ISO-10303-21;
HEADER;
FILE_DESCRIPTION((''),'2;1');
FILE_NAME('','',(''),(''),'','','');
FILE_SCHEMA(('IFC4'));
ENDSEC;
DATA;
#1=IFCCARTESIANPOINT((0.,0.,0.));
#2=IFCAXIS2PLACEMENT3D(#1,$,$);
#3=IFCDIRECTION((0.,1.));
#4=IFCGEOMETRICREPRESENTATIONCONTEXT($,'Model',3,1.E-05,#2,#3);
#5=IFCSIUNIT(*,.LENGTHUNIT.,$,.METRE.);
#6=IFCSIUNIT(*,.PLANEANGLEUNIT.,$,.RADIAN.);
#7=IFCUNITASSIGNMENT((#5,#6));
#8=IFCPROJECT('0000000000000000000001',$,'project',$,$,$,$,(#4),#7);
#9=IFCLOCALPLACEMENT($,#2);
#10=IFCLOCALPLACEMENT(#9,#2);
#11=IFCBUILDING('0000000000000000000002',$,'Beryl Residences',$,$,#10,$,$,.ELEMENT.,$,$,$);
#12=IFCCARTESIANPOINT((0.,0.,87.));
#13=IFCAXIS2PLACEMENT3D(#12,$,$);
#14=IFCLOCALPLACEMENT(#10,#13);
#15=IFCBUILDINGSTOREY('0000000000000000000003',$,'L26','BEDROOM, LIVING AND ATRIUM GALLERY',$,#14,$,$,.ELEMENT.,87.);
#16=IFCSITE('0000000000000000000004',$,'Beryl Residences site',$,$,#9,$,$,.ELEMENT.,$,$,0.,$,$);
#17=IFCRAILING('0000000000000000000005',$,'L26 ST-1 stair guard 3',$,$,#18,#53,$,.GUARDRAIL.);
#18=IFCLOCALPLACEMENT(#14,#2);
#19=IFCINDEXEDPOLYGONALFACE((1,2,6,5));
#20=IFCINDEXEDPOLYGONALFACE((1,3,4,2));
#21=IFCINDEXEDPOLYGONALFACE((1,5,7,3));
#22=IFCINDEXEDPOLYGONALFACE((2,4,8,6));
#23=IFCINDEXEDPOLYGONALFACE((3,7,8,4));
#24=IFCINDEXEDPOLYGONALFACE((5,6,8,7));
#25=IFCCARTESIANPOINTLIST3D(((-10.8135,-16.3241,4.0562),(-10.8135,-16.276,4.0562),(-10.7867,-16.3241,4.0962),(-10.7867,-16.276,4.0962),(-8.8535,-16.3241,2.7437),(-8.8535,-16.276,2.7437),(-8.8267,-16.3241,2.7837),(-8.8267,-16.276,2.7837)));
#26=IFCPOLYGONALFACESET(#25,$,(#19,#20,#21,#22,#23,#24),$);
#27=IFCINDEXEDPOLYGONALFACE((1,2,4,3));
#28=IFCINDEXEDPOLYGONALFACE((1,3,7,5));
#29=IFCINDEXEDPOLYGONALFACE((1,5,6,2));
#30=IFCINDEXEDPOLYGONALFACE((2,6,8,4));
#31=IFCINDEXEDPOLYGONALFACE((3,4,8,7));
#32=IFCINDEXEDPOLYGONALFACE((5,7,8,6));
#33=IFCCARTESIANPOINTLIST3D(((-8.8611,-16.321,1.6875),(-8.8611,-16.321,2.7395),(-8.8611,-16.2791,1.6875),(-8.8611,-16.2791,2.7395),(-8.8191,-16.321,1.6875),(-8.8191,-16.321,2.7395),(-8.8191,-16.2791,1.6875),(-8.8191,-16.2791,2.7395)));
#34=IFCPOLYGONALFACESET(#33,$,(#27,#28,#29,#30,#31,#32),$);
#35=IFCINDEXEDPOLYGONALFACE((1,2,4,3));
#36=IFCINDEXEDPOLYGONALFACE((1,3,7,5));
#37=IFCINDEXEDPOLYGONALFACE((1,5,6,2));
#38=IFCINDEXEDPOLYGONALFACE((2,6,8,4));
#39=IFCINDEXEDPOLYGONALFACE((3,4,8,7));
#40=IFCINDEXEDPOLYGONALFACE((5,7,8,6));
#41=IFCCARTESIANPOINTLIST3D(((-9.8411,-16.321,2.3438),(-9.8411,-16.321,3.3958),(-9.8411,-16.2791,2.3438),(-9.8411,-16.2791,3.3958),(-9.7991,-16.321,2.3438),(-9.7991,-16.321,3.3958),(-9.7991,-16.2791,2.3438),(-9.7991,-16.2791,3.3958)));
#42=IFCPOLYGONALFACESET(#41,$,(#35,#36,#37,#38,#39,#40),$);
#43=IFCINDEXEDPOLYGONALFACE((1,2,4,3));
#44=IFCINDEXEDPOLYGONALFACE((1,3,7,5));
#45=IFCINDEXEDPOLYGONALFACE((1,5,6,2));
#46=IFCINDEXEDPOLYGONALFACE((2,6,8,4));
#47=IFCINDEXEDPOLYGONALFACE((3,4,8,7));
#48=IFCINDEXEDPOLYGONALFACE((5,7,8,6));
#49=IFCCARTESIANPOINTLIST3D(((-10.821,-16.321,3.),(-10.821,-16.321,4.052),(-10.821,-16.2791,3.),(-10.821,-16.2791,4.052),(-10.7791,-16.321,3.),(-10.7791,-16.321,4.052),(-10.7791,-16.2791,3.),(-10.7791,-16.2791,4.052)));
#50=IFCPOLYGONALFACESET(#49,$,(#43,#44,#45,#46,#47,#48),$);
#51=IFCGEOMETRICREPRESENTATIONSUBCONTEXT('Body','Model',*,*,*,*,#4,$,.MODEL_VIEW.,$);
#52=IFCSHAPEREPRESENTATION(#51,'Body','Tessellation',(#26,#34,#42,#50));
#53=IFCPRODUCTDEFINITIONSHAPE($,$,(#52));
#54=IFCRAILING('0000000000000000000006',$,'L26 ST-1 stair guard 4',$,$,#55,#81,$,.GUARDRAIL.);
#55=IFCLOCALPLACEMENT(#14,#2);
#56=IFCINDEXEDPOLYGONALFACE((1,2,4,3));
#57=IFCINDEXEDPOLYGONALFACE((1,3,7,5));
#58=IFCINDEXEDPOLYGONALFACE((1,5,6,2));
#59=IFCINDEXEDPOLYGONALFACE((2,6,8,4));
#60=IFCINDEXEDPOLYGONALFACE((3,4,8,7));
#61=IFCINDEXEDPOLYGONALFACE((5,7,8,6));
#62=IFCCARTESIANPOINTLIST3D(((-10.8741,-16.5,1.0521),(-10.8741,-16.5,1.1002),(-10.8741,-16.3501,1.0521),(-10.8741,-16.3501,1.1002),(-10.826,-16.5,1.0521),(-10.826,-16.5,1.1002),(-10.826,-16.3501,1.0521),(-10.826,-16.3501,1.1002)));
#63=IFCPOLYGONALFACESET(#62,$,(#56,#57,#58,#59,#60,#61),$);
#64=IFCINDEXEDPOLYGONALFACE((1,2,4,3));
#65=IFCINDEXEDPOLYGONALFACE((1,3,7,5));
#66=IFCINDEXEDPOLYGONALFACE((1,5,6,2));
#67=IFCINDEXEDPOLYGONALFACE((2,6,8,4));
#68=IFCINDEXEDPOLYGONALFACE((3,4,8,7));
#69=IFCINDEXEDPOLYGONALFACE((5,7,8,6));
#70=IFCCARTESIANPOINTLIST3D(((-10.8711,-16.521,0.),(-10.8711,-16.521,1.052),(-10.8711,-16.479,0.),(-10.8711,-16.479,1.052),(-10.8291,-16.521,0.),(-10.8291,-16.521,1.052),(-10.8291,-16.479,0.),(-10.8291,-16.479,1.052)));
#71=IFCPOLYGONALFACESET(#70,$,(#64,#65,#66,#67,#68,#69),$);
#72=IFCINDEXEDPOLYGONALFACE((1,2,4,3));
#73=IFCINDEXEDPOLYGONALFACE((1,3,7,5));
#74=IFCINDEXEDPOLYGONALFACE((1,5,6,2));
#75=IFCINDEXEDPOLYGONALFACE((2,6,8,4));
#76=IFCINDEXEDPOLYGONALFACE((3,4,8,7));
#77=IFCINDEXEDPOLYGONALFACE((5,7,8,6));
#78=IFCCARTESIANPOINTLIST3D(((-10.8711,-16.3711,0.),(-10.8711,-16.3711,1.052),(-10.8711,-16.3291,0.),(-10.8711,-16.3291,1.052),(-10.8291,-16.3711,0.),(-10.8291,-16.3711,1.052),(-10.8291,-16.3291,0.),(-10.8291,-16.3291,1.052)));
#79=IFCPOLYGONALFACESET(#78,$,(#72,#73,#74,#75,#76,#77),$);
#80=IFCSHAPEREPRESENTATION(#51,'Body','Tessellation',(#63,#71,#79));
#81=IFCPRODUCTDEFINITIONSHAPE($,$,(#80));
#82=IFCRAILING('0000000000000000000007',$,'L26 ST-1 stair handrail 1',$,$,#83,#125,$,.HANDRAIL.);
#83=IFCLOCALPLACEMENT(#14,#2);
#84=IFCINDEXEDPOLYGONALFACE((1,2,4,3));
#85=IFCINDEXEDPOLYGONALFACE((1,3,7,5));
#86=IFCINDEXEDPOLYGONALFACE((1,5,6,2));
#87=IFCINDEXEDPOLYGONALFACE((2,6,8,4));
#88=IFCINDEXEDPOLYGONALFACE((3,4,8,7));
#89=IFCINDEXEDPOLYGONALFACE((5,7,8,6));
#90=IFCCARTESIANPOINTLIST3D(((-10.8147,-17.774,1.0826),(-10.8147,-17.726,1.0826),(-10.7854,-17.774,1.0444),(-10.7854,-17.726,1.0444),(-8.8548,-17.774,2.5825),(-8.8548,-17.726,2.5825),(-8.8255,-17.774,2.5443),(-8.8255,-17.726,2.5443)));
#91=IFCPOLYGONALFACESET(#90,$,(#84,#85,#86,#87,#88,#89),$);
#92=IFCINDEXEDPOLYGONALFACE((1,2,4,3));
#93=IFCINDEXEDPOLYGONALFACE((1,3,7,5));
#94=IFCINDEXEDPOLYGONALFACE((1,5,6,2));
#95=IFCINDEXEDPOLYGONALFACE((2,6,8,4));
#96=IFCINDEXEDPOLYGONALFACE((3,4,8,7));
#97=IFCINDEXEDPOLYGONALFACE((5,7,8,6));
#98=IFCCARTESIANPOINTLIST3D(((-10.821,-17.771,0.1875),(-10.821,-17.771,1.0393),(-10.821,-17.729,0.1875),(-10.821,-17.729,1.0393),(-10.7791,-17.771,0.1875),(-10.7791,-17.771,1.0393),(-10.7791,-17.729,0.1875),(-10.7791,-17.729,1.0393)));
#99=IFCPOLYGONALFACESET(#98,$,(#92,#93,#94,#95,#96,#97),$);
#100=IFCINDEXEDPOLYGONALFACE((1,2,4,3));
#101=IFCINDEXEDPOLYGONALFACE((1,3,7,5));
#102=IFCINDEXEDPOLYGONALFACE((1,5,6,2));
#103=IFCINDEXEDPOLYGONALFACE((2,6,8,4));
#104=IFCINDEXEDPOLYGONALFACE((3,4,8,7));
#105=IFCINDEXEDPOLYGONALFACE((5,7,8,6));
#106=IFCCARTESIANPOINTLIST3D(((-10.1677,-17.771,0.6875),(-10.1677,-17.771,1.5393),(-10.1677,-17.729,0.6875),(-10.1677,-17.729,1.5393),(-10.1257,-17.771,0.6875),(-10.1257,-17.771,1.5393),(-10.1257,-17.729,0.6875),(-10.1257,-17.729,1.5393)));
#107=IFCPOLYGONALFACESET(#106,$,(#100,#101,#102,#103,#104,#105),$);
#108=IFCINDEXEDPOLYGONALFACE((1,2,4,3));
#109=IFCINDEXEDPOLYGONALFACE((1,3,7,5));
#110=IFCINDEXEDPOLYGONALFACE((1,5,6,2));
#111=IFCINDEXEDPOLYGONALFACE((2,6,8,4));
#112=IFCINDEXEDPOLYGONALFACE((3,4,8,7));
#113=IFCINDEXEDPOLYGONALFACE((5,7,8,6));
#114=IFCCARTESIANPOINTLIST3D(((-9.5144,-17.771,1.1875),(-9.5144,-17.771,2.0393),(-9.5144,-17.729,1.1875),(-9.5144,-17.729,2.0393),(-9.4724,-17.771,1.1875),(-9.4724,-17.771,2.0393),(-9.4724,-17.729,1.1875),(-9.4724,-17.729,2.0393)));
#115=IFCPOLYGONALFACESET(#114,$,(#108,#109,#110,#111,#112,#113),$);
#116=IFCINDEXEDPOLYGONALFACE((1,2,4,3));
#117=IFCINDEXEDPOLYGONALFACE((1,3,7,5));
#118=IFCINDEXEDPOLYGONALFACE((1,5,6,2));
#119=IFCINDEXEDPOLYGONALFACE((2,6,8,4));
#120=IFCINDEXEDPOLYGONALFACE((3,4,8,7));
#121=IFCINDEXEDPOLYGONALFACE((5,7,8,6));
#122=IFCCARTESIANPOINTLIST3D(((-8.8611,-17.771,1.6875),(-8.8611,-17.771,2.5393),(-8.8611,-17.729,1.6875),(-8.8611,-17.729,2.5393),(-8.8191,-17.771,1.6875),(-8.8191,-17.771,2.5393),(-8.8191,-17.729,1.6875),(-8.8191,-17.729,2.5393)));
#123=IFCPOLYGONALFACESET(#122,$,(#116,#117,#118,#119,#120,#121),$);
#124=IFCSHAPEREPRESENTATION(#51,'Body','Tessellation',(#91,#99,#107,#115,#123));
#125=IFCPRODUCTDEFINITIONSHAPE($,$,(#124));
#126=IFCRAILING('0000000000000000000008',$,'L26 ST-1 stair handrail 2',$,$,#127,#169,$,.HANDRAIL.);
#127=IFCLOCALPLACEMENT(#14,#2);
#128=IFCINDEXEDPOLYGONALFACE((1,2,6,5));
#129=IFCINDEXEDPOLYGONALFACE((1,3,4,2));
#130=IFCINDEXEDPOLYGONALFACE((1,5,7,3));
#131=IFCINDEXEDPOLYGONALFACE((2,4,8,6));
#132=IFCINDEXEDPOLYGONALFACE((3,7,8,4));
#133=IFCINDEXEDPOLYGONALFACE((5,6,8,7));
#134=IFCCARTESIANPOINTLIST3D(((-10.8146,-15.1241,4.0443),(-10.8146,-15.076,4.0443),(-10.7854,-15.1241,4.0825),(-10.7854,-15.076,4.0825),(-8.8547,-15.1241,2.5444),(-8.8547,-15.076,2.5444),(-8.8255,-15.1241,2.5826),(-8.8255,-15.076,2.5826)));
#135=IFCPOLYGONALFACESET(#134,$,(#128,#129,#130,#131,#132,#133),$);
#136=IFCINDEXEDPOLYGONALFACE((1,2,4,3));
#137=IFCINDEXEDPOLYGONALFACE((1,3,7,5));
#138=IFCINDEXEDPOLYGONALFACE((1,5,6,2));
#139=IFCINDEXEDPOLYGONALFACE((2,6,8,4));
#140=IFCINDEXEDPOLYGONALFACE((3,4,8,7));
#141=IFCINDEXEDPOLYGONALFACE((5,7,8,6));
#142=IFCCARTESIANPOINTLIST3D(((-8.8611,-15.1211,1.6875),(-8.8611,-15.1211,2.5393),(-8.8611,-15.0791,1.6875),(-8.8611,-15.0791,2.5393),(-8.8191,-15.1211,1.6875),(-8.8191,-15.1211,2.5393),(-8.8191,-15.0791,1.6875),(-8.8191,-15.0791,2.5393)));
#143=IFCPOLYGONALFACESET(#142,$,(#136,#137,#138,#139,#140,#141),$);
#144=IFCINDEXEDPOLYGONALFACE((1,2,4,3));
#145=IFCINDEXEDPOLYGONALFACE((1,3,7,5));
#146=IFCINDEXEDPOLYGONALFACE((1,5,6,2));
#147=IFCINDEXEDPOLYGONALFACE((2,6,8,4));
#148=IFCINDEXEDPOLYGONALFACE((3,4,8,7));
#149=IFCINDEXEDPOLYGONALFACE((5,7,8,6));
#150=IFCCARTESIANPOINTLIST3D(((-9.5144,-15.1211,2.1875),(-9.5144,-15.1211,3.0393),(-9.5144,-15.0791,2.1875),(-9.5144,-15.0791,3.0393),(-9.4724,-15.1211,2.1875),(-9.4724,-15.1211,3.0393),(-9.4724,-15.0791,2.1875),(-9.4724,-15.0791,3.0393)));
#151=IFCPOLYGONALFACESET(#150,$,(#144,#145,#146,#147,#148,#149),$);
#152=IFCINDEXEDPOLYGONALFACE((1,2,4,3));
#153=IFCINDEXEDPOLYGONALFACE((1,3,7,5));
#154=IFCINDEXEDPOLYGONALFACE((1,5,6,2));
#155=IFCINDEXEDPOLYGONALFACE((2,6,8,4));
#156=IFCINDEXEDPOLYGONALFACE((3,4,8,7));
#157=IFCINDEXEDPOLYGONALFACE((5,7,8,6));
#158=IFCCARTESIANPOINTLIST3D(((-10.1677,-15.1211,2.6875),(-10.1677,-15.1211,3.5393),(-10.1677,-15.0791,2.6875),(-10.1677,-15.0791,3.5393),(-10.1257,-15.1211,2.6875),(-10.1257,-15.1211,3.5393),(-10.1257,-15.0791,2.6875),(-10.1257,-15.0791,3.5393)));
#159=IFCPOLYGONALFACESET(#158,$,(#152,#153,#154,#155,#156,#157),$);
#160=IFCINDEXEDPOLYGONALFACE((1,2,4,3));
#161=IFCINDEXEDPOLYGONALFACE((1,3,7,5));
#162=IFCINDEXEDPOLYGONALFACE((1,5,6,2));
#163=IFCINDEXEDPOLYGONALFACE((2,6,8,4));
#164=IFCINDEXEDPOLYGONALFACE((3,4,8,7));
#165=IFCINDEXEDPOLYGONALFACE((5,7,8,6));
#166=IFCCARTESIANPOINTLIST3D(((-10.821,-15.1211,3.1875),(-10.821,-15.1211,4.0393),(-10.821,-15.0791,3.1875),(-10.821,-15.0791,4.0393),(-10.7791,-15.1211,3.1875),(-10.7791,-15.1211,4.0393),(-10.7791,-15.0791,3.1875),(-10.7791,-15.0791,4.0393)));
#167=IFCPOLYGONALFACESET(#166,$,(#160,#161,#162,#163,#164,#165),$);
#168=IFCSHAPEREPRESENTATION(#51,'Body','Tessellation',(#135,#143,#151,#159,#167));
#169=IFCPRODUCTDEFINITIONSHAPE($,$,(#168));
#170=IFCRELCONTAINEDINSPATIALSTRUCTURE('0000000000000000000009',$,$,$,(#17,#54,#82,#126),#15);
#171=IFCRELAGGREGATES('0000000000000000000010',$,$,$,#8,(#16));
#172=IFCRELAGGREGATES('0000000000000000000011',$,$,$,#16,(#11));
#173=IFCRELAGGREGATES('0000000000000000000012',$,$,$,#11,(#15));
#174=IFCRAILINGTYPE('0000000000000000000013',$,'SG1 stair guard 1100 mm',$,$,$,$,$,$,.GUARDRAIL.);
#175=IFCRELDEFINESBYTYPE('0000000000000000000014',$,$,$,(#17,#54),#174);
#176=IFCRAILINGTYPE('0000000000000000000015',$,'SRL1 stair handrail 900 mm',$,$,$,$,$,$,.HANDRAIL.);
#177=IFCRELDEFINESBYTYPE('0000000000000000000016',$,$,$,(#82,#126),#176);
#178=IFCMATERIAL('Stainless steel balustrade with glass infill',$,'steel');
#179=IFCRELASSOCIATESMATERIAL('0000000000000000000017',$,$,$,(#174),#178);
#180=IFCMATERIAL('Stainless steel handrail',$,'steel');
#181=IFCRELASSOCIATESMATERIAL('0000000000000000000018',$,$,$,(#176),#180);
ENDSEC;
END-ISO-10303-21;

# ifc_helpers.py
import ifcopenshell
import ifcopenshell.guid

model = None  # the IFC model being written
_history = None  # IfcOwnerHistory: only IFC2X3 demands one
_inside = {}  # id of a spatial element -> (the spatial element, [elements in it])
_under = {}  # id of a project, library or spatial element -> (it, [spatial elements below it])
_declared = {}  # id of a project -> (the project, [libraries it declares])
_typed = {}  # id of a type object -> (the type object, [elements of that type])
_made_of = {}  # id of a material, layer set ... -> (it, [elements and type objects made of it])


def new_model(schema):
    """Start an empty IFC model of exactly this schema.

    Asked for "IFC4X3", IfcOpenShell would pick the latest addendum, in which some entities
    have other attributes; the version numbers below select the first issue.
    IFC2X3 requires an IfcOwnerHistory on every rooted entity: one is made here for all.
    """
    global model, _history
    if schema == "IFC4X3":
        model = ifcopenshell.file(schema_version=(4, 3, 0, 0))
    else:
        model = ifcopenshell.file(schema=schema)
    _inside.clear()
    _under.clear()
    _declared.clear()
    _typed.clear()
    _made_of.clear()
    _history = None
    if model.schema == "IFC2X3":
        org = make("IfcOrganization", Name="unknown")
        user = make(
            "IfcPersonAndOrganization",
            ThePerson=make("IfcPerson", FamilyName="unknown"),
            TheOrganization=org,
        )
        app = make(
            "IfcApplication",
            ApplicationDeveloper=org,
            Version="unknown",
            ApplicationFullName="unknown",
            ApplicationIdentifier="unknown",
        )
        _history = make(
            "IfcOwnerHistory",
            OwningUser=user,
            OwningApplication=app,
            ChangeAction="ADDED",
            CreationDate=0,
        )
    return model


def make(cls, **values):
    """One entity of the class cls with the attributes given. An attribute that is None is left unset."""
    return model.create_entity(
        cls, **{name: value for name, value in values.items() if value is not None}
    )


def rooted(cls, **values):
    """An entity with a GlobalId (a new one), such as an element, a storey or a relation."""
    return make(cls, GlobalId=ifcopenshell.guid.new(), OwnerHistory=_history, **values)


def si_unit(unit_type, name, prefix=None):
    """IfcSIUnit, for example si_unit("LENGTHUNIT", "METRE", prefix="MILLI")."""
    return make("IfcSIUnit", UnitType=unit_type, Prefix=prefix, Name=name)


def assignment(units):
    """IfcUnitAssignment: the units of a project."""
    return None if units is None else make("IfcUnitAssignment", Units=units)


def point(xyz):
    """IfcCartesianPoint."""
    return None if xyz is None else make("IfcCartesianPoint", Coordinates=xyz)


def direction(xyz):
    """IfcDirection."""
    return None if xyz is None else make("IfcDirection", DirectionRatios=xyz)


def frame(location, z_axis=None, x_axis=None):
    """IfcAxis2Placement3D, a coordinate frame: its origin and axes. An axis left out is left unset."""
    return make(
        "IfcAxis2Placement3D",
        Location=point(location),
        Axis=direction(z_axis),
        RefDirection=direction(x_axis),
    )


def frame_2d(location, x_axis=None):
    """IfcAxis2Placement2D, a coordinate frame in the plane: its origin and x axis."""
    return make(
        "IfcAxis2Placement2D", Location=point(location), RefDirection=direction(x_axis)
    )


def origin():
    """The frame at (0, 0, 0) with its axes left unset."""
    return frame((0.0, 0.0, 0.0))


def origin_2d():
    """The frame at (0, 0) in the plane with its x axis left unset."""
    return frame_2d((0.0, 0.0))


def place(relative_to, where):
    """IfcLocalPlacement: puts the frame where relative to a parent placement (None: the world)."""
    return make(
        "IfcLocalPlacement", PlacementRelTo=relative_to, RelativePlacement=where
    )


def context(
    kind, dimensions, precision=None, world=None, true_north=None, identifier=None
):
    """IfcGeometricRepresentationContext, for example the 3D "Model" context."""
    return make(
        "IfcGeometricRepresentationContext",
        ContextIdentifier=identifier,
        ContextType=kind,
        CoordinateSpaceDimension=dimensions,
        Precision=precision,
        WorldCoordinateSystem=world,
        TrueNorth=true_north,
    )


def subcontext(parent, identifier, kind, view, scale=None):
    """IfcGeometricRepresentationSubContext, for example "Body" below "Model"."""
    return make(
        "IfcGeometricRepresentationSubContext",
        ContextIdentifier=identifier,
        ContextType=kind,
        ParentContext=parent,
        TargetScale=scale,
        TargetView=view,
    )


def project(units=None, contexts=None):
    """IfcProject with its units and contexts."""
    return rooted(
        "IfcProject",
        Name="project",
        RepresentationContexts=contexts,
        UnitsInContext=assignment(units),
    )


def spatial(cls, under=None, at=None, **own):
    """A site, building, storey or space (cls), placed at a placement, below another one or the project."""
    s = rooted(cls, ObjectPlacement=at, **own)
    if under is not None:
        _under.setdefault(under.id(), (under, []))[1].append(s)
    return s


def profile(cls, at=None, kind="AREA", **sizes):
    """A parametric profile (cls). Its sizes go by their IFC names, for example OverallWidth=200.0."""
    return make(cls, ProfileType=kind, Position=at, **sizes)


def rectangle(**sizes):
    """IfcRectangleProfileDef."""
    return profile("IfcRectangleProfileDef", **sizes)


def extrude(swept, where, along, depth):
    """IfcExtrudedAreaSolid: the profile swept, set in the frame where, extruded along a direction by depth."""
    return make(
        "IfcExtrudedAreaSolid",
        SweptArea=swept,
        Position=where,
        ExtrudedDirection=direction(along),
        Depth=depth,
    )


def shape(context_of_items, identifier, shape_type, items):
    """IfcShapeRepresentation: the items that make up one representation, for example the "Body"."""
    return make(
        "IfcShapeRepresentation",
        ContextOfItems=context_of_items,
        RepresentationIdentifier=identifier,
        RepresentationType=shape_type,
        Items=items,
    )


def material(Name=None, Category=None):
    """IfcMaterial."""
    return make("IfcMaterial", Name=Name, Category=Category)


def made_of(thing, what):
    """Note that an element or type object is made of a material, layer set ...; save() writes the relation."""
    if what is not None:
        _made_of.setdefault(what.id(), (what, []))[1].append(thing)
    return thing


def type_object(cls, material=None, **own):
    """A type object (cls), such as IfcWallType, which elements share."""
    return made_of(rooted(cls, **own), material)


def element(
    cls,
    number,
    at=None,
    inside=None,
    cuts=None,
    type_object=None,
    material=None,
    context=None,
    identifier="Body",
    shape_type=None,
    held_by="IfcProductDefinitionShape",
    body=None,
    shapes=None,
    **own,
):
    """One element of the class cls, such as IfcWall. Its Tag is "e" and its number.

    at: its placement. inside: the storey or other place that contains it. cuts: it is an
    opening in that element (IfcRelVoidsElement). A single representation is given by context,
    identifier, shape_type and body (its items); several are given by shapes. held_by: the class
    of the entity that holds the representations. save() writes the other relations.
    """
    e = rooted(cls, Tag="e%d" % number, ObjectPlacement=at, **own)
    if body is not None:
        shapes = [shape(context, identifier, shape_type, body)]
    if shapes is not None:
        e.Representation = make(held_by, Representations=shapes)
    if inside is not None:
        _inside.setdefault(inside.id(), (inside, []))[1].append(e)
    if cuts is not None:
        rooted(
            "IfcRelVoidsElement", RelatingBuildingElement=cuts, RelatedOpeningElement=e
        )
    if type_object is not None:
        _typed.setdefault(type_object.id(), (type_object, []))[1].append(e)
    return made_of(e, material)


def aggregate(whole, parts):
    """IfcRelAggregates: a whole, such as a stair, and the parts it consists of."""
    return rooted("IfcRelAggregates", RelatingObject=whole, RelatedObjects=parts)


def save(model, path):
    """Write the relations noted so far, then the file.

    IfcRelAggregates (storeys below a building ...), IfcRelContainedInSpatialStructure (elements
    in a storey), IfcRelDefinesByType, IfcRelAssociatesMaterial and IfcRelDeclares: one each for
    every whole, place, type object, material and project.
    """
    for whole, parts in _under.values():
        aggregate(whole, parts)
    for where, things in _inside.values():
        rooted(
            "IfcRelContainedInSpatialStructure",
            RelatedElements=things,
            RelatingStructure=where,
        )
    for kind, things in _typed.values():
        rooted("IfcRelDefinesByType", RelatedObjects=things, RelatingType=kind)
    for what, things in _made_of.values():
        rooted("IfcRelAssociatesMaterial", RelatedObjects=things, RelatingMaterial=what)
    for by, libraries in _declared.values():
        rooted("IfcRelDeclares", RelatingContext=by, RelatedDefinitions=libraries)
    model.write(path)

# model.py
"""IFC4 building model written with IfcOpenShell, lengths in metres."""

from ifc_helpers import new_model, si_unit, direction, frame, origin, origin_2d, place, context, subcontext, project, spatial, rectangle, extrude, material, type_object, element, save


model = new_model("IFC4")

# Units and contexts
model_context = context("Model", 3, precision=1e-05, world=origin(), true_north=direction((0.0, 1.0)))
body_context = subcontext(model_context, "Body", "Model", "MODEL_VIEW")
ifc_project = project(units=[si_unit("LENGTHUNIT", "METRE"), si_unit("PLANEANGLEUNIT", "RADIAN")], contexts=[model_context])

# Site, building, storey
site_placement = place(None, origin())
site = spatial("IfcSite", under=ifc_project, at=site_placement, Name="Beryl Residences site", CompositionType="ELEMENT", RefElevation=0.0)
building_placement = place(site_placement, origin())
building = spatial("IfcBuilding", under=site, at=building_placement, Name="Beryl Residences", CompositionType="ELEMENT")
storey_placement = place(building_placement, frame((0.0, 0.0, 87.0)))
storey = spatial("IfcBuildingStorey", under=building, at=storey_placement, Name="L26", Description="BEDROOM, LIVING AND ATRIUM GALLERY", CompositionType="ELEMENT", Elevation=87.0)

# Railings
ifc_material_1 = material(Name="Stainless steel balustrade with glass infill", Category="steel")
railing_type_1 = type_object("IfcRailingType", Name="SG1 stair guard 1100 mm", PredefinedType="GUARDRAIL", material=ifc_material_1)
railing_1_placement = place(storey_placement, frame((-8.8401, -16.3, 1.6875)))
element("IfcRailing", 1, at=railing_1_placement, inside=storey, type_object=railing_type_1, Name="L26 ST-1 stair guard 3", PredefinedType="GUARDRAIL", context=body_context, shape_type="SweptSolid", body=[
    extrude(rectangle(XDim=0.0481, YDim=0.0481, at=origin_2d()), frame((0.0, 0.0, 1.0762), z_axis=(-0.830902, 0.0, 0.556419), x_axis=(0.0, -1.0, 0.0)), (0.0, 0.0, 1.0), 2.3589),
    extrude(rectangle(XDim=0.042, YDim=0.042, at=origin_2d()), origin(), (0.0, 0.0, 1.0), 1.052),
    extrude(rectangle(XDim=0.042, YDim=0.042, at=origin_2d()), frame((-0.98, 0.0, 0.6562)), (0.0, 0.0, 1.0), 1.052),
    extrude(rectangle(XDim=0.042, YDim=0.042, at=origin_2d()), frame((-1.96, 0.0, 1.3125)), (0.0, 0.0, 1.0), 1.052),
])
railing_2_placement = place(storey_placement, frame((-10.8501, -16.5, 0.0)))
element("IfcRailing", 2, at=railing_2_placement, inside=storey, type_object=railing_type_1, Name="L26 ST-1 stair guard 4", PredefinedType="GUARDRAIL", context=body_context, shape_type="SweptSolid", body=[
    extrude(rectangle(XDim=0.0481, YDim=0.0481, at=origin_2d()), frame((0.0, 0.0, 1.0762), z_axis=(0.0, 1.0, 0.0), x_axis=(-1.0, 0.0, 0.0)), (0.0, 0.0, 1.0), 0.1499),
    extrude(rectangle(XDim=0.042, YDim=0.042, at=origin_2d()), origin(), (0.0, 0.0, 1.0), 1.052),
    extrude(rectangle(XDim=0.042, YDim=0.042, at=origin_2d()), frame((0.0, 0.1499, 0.0)), (0.0, 0.0, 1.0), 1.052),
])
ifc_material_2 = material(Name="Stainless steel handrail", Category="steel")
railing_type_2 = type_object("IfcRailingType", Name="SRL1 stair handrail 900 mm", PredefinedType="HANDRAIL", material=ifc_material_2)
railing_3_placement = place(storey_placement, frame((-10.8, -17.75, 0.1875)))
element("IfcRailing", 3, at=railing_3_placement, inside=storey, type_object=railing_type_2, Name="L26 ST-1 stair handrail 1", PredefinedType="HANDRAIL", context=body_context, shape_type="SweptSolid", body=[
    extrude(rectangle(XDim=0.0481, YDim=0.0481, at=origin_2d()), frame((0.0, 0.0, 0.876), z_axis=(0.794122, 0.0, 0.607758), x_axis=(0.0, 1.0, 0.0)), (0.0, 0.0, 1.0), 2.468),
    extrude(rectangle(XDim=0.042, YDim=0.042, at=origin_2d()), origin(), (0.0, 0.0, 1.0), 0.8518),
    extrude(rectangle(XDim=0.042, YDim=0.042, at=origin_2d()), frame((0.6533, 0.0, 0.5)), (0.0, 0.0, 1.0), 0.8518),
    extrude(rectangle(XDim=0.042, YDim=0.042, at=origin_2d()), frame((1.3066, 0.0, 1.0)), (0.0, 0.0, 1.0), 0.8518),
    extrude(rectangle(XDim=0.042, YDim=0.042, at=origin_2d()), frame((1.96, 0.0, 1.5)), (0.0, 0.0, 1.0), 0.8518),
])
railing_4_placement = place(storey_placement, frame((-8.8401, -15.1001, 1.6875)))
element("IfcRailing", 4, at=railing_4_placement, inside=storey, type_object=railing_type_2, Name="L26 ST-1 stair handrail 2", PredefinedType="HANDRAIL", context=body_context, shape_type="SweptSolid", body=[
    extrude(rectangle(XDim=0.0481, YDim=0.0481, at=origin_2d()), frame((0.0, 0.0, 0.876), z_axis=(-0.794122, 0.0, 0.607758), x_axis=(0.0, -1.0, 0.0)), (0.0, 0.0, 1.0), 2.468),
    extrude(rectangle(XDim=0.042, YDim=0.042, at=origin_2d()), origin(), (0.0, 0.0, 1.0), 0.8518),
    extrude(rectangle(XDim=0.042, YDim=0.042, at=origin_2d()), frame((-0.6533, 0.0, 0.5)), (0.0, 0.0, 1.0), 0.8518),
    extrude(rectangle(XDim=0.042, YDim=0.042, at=origin_2d()), frame((-1.3066, 0.0, 1.0)), (0.0, 0.0, 1.0), 0.8518),
    extrude(rectangle(XDim=0.042, YDim=0.042, at=origin_2d()), frame((-1.96, 0.0, 1.5)), (0.0, 0.0, 1.0), 0.8518),
])

save(model, "model.ifc")
